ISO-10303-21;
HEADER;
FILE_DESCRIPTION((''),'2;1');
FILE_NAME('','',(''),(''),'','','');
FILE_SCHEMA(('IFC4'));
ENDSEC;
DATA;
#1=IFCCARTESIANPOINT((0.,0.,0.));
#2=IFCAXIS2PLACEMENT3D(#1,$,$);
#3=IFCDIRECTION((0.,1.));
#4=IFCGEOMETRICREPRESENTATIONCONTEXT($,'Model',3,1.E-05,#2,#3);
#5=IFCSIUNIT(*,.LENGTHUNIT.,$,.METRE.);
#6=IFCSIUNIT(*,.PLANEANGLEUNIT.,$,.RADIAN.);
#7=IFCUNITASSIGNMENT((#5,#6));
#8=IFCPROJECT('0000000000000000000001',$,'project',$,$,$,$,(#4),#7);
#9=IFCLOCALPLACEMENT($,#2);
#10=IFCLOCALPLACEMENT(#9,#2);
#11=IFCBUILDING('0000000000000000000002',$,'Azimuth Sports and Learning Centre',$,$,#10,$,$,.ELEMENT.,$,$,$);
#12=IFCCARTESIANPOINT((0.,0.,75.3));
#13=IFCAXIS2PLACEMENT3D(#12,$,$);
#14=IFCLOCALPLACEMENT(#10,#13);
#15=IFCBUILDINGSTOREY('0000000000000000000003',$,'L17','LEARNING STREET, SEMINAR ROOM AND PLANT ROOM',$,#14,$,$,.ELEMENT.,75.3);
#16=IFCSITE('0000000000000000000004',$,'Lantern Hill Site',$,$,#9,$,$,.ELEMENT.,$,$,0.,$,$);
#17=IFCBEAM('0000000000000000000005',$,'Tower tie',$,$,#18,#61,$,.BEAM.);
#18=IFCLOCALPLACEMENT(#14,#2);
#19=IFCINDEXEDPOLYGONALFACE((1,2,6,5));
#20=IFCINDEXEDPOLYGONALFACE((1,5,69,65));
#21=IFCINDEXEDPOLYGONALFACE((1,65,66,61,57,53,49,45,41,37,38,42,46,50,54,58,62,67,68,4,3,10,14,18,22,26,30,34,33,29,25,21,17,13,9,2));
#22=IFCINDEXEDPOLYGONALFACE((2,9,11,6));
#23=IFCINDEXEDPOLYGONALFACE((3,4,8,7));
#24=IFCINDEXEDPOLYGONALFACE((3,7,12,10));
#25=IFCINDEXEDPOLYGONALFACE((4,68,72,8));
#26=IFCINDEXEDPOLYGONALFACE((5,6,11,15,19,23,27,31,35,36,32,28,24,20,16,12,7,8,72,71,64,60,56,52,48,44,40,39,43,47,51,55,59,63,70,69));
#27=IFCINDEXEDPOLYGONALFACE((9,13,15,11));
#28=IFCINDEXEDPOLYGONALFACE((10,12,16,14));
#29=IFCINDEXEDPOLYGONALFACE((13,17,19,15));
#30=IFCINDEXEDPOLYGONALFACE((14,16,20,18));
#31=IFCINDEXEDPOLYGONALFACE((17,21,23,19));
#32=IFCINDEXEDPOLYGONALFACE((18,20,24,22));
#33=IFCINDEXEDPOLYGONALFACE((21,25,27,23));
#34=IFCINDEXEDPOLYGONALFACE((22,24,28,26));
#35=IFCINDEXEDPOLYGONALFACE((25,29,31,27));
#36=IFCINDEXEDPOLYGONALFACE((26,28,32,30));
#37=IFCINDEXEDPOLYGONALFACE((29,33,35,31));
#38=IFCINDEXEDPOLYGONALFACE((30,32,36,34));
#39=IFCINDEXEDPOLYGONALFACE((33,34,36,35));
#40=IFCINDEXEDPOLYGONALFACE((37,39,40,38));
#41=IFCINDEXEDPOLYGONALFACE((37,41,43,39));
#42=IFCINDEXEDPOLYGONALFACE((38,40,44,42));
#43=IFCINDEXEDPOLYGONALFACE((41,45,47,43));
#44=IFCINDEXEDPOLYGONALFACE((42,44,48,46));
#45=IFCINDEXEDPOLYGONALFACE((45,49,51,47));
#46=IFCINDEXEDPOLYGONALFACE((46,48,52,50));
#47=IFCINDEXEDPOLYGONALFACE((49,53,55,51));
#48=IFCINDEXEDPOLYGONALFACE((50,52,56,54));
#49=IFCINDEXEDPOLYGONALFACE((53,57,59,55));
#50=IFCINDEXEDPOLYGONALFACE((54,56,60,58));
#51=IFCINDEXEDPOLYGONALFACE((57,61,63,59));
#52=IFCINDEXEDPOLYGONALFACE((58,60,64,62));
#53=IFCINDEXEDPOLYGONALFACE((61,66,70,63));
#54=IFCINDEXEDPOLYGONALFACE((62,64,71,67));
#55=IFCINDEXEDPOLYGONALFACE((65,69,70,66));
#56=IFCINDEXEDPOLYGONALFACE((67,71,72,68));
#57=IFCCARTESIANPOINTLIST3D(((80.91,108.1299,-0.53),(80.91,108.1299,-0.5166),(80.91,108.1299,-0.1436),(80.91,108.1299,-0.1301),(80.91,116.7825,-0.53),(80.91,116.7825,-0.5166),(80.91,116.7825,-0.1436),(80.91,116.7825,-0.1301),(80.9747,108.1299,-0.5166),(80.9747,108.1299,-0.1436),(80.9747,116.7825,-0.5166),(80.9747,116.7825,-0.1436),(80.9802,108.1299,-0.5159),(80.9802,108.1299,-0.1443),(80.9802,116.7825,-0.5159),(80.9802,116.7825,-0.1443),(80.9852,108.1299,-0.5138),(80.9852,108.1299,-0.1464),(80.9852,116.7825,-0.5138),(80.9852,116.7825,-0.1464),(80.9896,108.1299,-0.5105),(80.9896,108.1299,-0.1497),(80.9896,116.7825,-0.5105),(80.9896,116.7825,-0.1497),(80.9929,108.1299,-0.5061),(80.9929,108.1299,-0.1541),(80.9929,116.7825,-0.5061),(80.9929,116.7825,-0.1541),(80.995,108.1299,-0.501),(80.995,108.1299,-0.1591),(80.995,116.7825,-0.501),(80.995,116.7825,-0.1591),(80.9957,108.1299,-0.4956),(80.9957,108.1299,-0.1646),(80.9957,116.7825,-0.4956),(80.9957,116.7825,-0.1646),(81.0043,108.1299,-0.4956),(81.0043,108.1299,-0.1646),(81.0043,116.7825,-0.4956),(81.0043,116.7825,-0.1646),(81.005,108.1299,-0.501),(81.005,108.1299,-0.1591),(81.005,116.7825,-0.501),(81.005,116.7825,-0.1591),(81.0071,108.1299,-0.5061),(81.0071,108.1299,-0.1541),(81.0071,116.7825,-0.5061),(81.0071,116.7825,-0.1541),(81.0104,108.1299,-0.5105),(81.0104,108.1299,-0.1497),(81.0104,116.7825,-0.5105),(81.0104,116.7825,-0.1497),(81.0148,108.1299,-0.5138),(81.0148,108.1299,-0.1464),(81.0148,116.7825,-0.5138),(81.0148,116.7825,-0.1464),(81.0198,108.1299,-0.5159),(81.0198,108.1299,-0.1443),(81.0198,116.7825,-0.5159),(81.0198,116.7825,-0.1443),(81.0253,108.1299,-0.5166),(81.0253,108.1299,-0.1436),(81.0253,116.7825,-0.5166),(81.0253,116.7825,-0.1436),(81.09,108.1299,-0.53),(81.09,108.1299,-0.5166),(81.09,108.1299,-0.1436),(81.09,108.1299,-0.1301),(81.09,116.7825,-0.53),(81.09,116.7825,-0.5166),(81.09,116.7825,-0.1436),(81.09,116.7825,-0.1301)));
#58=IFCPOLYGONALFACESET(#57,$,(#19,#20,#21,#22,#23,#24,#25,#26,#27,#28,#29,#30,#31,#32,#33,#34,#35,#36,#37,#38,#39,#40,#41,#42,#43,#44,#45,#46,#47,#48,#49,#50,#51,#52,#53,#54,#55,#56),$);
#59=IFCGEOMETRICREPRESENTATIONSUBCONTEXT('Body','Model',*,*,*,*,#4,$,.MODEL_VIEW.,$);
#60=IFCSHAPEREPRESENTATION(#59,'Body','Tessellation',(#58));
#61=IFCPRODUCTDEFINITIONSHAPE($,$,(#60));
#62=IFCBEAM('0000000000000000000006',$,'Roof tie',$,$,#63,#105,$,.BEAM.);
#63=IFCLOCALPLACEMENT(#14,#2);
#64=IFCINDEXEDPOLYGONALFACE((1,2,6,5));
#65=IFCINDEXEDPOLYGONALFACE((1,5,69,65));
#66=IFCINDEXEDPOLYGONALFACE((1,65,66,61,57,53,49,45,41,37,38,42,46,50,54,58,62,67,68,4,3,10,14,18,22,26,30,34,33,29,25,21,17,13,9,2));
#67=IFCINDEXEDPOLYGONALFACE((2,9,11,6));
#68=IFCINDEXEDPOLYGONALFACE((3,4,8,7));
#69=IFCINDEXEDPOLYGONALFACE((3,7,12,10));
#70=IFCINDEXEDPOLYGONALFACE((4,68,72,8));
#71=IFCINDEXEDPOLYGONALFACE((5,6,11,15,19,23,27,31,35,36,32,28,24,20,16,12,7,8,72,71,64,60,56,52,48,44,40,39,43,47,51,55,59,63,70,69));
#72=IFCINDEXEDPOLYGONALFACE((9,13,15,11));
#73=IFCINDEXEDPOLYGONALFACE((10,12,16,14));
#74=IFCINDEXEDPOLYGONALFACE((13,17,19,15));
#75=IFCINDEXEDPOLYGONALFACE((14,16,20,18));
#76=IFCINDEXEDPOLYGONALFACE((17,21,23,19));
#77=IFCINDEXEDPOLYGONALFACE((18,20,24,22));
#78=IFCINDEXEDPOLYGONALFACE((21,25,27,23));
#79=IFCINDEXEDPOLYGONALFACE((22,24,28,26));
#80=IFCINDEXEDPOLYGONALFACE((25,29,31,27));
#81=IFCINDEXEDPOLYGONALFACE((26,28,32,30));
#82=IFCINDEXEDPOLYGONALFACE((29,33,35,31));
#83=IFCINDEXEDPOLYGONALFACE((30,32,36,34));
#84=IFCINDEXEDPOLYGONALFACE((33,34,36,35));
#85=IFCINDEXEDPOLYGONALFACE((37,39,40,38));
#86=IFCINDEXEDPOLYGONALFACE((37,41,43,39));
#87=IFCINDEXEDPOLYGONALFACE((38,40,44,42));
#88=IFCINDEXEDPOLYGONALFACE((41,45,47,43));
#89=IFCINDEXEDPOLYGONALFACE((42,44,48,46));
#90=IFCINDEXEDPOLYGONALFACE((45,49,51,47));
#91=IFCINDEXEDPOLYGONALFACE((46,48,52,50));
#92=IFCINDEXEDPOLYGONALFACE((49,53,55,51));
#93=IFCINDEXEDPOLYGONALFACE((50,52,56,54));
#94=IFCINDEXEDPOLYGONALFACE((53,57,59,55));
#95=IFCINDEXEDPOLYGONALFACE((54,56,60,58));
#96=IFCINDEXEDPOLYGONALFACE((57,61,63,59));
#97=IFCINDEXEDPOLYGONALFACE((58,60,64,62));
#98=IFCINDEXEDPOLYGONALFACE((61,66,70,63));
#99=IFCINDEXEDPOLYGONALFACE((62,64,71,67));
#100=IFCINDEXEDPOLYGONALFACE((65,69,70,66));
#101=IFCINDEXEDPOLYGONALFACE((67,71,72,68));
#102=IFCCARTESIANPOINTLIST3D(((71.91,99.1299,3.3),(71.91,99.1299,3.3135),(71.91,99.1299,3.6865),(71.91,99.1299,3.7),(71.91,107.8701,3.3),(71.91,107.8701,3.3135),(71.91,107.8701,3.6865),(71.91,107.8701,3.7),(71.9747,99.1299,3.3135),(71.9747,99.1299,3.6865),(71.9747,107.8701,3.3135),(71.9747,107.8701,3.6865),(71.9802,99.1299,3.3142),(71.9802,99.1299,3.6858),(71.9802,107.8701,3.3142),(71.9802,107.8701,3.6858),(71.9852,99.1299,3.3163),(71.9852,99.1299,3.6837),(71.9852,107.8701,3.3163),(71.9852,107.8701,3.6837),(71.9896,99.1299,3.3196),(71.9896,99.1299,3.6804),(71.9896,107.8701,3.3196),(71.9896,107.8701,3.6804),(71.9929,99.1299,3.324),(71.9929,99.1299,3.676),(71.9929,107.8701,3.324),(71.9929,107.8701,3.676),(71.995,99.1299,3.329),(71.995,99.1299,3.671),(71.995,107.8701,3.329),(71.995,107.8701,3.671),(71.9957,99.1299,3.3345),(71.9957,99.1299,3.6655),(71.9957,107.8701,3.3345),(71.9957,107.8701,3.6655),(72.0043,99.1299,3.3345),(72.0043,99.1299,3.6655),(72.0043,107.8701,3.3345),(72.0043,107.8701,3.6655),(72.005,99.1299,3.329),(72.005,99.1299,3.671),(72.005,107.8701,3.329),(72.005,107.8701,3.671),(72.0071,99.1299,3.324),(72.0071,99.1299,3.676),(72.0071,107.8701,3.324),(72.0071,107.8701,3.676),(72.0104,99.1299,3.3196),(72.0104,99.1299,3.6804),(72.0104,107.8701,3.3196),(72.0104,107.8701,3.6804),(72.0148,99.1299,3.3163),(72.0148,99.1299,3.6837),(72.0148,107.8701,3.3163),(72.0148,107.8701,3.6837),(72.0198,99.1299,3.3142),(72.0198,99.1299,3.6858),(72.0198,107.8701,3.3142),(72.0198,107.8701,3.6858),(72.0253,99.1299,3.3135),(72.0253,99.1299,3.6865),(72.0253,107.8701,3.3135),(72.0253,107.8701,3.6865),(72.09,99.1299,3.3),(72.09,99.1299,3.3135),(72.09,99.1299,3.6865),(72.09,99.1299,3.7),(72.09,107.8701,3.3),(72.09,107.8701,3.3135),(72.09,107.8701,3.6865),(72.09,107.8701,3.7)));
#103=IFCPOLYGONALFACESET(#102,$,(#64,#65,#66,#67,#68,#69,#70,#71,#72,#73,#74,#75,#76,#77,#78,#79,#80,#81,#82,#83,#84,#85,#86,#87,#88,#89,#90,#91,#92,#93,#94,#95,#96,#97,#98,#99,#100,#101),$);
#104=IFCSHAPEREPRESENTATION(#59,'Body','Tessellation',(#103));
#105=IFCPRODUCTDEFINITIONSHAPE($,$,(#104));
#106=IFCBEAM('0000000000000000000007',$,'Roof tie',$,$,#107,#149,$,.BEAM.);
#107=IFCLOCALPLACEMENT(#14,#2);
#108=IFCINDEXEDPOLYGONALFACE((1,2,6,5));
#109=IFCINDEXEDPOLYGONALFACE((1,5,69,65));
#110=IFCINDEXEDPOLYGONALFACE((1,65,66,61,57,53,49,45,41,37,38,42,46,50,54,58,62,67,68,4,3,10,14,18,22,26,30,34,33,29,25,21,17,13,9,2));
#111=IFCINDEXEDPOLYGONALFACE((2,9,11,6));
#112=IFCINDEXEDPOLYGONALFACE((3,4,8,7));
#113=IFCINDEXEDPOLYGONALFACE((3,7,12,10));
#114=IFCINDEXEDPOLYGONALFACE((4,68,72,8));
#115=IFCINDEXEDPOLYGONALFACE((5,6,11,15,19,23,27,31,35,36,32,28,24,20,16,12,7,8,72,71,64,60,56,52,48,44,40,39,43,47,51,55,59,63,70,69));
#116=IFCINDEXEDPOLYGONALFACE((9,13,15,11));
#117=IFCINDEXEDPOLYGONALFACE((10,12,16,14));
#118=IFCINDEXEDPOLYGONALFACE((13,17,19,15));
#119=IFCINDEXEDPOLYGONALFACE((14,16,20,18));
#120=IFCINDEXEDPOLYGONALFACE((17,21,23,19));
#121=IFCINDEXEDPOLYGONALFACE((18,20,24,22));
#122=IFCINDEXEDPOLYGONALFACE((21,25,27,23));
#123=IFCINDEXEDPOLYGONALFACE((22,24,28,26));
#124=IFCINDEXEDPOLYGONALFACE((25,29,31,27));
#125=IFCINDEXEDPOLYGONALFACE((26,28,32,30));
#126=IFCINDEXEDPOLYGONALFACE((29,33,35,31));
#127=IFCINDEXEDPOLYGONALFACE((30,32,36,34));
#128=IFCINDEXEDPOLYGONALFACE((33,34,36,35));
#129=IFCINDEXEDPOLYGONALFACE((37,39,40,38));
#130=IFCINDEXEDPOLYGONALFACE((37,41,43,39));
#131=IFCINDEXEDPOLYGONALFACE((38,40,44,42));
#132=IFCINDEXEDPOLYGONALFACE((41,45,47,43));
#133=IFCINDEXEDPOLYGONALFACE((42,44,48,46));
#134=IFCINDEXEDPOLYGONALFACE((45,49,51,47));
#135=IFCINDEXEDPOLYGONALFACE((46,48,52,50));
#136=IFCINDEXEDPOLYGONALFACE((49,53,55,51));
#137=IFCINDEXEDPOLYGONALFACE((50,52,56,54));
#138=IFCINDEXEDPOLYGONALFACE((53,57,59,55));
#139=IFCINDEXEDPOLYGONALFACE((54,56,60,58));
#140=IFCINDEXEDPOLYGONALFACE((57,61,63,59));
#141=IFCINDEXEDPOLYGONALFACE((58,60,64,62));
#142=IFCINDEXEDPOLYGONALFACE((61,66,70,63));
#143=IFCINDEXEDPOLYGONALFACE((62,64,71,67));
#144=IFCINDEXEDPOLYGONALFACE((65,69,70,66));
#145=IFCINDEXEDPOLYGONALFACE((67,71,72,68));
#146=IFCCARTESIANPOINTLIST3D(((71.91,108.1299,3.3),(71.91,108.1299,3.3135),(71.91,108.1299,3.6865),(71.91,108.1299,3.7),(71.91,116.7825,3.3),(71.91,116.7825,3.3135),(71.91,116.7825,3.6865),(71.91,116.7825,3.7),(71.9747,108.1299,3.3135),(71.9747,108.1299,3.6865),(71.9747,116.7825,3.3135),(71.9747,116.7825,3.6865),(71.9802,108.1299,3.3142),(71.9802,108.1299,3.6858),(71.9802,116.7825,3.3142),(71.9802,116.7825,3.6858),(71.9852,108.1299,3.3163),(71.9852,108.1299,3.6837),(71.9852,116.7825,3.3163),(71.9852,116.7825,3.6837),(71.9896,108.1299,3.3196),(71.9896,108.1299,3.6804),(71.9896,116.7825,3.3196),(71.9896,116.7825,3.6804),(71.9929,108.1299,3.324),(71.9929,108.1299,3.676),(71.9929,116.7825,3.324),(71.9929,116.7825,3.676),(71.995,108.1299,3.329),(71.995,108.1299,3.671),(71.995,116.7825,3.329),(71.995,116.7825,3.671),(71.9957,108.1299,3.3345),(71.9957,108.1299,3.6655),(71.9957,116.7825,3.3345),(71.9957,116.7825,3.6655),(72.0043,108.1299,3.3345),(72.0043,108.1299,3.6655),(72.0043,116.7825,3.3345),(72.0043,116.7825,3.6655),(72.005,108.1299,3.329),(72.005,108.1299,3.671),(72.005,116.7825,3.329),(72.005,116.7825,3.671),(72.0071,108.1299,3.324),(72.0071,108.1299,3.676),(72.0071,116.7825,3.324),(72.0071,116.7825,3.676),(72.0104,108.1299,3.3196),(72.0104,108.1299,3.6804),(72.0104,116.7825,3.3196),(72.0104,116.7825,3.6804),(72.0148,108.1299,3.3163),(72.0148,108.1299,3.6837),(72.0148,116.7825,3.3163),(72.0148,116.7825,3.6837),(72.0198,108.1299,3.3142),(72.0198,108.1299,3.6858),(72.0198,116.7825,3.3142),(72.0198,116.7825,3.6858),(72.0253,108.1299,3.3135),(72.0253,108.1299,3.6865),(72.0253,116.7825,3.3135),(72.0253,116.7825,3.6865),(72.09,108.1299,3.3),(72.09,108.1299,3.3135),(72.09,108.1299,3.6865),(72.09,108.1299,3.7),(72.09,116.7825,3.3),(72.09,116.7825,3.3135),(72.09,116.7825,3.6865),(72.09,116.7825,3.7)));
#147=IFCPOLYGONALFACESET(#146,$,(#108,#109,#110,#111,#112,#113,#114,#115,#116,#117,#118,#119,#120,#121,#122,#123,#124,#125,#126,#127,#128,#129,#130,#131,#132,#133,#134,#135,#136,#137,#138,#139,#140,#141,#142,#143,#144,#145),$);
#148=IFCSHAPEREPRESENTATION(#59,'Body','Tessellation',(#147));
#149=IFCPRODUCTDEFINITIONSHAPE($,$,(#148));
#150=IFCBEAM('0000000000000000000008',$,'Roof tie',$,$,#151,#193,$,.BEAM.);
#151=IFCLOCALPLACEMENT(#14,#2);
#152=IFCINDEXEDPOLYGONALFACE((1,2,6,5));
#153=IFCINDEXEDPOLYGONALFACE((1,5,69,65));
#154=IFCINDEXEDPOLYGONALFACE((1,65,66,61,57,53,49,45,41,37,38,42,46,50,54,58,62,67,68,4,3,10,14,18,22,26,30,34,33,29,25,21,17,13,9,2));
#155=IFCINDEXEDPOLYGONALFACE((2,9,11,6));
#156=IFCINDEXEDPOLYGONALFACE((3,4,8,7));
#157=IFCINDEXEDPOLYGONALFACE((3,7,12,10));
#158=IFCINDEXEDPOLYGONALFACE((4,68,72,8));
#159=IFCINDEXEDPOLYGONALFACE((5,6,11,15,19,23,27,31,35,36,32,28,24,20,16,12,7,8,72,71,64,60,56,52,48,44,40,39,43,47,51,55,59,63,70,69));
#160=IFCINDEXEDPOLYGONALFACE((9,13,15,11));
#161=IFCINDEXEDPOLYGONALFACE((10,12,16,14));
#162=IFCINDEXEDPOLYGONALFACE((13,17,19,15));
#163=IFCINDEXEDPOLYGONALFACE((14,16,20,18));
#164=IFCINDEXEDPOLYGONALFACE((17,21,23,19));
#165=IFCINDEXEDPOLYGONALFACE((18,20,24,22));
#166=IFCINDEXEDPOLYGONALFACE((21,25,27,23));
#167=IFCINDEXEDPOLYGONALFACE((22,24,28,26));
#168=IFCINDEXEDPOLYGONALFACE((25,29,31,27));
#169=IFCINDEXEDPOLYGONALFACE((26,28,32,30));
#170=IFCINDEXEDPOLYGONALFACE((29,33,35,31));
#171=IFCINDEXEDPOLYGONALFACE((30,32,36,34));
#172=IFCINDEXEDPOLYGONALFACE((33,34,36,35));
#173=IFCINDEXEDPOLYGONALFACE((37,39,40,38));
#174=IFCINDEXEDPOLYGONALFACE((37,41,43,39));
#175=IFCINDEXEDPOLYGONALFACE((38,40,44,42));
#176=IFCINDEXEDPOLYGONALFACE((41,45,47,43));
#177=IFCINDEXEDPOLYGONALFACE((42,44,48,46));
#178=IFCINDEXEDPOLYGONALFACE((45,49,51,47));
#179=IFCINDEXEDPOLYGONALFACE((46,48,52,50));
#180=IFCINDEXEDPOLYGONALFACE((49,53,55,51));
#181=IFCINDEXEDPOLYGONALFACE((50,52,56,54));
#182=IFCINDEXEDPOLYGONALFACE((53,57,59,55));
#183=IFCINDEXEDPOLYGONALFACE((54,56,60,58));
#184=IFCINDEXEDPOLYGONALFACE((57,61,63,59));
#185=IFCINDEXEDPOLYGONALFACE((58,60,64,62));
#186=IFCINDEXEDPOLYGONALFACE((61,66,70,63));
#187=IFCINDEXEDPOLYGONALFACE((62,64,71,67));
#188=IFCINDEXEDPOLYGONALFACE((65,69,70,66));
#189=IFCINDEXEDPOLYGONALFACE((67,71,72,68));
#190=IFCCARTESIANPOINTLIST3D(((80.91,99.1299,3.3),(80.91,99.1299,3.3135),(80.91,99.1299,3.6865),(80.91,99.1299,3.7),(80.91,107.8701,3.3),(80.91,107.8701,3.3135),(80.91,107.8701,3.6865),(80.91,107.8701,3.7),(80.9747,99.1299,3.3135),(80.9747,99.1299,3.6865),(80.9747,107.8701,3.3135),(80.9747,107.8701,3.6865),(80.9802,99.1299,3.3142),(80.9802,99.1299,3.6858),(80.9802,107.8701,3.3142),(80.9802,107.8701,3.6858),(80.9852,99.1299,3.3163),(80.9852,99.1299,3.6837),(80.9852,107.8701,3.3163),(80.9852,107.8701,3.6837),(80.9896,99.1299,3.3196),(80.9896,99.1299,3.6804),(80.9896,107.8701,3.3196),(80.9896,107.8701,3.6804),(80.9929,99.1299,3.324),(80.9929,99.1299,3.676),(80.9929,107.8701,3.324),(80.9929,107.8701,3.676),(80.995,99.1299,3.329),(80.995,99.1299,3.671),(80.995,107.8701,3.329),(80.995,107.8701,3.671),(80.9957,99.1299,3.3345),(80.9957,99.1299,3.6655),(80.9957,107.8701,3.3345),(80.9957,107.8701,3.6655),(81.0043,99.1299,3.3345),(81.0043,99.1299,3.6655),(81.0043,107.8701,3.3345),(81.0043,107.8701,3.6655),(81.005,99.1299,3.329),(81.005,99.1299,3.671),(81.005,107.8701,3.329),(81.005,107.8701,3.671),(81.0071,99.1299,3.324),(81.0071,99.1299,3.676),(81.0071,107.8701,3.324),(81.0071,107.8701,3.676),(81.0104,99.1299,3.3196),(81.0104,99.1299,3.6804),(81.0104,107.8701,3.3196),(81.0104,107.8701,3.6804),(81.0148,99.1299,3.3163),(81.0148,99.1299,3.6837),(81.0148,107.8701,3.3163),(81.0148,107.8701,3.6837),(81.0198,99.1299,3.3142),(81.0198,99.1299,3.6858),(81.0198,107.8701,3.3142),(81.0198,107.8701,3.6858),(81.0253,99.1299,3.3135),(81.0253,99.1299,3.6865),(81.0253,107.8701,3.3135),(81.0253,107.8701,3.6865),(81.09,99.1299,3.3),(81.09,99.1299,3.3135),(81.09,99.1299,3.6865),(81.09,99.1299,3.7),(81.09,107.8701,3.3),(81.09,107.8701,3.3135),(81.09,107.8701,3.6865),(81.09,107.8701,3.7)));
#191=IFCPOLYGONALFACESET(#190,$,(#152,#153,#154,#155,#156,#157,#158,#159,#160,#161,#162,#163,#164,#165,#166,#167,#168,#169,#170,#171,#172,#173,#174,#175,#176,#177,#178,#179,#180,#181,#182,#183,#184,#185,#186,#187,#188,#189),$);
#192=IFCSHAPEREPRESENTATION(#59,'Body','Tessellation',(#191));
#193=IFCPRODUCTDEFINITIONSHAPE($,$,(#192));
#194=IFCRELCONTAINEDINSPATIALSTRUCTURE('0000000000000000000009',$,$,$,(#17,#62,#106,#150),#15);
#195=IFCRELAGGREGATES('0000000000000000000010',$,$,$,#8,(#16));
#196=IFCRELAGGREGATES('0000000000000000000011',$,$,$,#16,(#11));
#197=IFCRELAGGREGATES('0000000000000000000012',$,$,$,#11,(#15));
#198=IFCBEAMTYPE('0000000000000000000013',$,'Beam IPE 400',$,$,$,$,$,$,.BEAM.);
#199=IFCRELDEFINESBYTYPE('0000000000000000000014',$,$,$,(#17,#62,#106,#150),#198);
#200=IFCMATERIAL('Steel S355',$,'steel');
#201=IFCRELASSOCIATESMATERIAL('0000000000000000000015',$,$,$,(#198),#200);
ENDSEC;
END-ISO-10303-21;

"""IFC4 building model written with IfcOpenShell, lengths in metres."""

from ifc_helpers import new_model, si_unit, direction, frame, origin, origin_2d, place, context, subcontext, project, spatial, i_section, extrude, material, material_profile, profile_set, type_object, element, save


model = new_model("IFC4")

# Units and contexts
model_context = context("Model", 3, precision=1e-05, world=origin(), true_north=direction((0.0, 1.0)))
body_context = subcontext(model_context, "Body", "Model", "MODEL_VIEW")
ifc_project = project(units=[si_unit("LENGTHUNIT", "METRE"), si_unit("PLANEANGLEUNIT", "RADIAN")], contexts=[model_context])

# Site, building, storey
site_placement = place(None, origin())
site = spatial("IfcSite", under=ifc_project, at=site_placement, Name="Lantern Hill Site", CompositionType="ELEMENT", RefElevation=0.0)
building_placement = place(site_placement, origin())
building = spatial("IfcBuilding", under=site, at=building_placement, Name="Azimuth Sports and Learning Centre", CompositionType="ELEMENT")
storey_placement = place(building_placement, frame((0.0, 0.0, 75.3)))
storey = spatial("IfcBuildingStorey", under=building, at=storey_placement, Name="L17", Description="LEARNING STREET, SEMINAR ROOM AND PLANT ROOM", CompositionType="ELEMENT", Elevation=75.3)

# Beams
ifc_material_1 = material(Name="Steel S355", Category="steel")
ifc_material_profile_1 = material_profile(ifc_material_1, i_section(OverallWidth=0.1799, OverallDepth=0.3999, WebThickness=0.0085, FlangeThickness=0.0134, FilletRadius=0.021, at=origin_2d()), Name="IPE 400")
ifc_profile_set_1 = profile_set([ifc_material_profile_1], Name="Steel S355")
beam_type_1 = type_object("IfcBeamType", Name="Beam IPE 400", PredefinedType="BEAM", material=ifc_profile_set_1)
beam_1_placement = place(storey_placement, frame((81.0, 108.1299, -0.3301), z_axis=(0.0, 1.0, 0.0), x_axis=(-1.0, 0.0, 0.0)))
element("IfcBeam", 1, at=beam_1_placement, inside=storey, type_object=beam_type_1, Name="Tower tie", PredefinedType="BEAM", context=body_context, shape_type="SweptSolid", body=[
    extrude(i_section(OverallWidth=0.1799, OverallDepth=0.3999, WebThickness=0.0085, FlangeThickness=0.0134, FilletRadius=0.021, at=origin_2d()), origin(), (0.0, 0.0, 1.0), 8.6526),
])
beam_2_placement = place(storey_placement, frame((72.0, 99.1299, 3.5), z_axis=(0.0, 1.0, 0.0), x_axis=(-1.0, 0.0, 0.0)))
element("IfcBeam", 2, at=beam_2_placement, inside=storey, type_object=beam_type_1, Name="Roof tie", PredefinedType="BEAM", context=body_context, shape_type="SweptSolid", body=[
    extrude(i_section(OverallWidth=0.1799, OverallDepth=0.3999, WebThickness=0.0085, FlangeThickness=0.0134, FilletRadius=0.021, at=origin_2d()), origin(), (0.0, 0.0, 1.0), 8.7402),
])
beam_3_placement = place(storey_placement, frame((72.0, 108.1299, 3.5), z_axis=(0.0, 1.0, 0.0), x_axis=(-1.0, 0.0, 0.0)))
element("IfcBeam", 3, at=beam_3_placement, inside=storey, type_object=beam_type_1, Name="Roof tie", PredefinedType="BEAM", context=body_context, shape_type="SweptSolid", body=[
    extrude(i_section(OverallWidth=0.1799, OverallDepth=0.3999, WebThickness=0.0085, FlangeThickness=0.0134, FilletRadius=0.021, at=origin_2d()), origin(), (0.0, 0.0, 1.0), 8.6526),
])
beam_4_placement = place(storey_placement, frame((81.0, 99.1299, 3.5), z_axis=(0.0, 1.0, 0.0), x_axis=(-1.0, 0.0, 0.0)))
element("IfcBeam", 4, at=beam_4_placement, inside=storey, type_object=beam_type_1, Name="Roof tie", PredefinedType="BEAM", context=body_context, shape_type="SweptSolid", body=[
    extrude(i_section(OverallWidth=0.1799, OverallDepth=0.3999, WebThickness=0.0085, FlangeThickness=0.0134, FilletRadius=0.021, at=origin_2d()), origin(), (0.0, 0.0, 1.0), 8.7402),
])

save(model, "model.ifc")
